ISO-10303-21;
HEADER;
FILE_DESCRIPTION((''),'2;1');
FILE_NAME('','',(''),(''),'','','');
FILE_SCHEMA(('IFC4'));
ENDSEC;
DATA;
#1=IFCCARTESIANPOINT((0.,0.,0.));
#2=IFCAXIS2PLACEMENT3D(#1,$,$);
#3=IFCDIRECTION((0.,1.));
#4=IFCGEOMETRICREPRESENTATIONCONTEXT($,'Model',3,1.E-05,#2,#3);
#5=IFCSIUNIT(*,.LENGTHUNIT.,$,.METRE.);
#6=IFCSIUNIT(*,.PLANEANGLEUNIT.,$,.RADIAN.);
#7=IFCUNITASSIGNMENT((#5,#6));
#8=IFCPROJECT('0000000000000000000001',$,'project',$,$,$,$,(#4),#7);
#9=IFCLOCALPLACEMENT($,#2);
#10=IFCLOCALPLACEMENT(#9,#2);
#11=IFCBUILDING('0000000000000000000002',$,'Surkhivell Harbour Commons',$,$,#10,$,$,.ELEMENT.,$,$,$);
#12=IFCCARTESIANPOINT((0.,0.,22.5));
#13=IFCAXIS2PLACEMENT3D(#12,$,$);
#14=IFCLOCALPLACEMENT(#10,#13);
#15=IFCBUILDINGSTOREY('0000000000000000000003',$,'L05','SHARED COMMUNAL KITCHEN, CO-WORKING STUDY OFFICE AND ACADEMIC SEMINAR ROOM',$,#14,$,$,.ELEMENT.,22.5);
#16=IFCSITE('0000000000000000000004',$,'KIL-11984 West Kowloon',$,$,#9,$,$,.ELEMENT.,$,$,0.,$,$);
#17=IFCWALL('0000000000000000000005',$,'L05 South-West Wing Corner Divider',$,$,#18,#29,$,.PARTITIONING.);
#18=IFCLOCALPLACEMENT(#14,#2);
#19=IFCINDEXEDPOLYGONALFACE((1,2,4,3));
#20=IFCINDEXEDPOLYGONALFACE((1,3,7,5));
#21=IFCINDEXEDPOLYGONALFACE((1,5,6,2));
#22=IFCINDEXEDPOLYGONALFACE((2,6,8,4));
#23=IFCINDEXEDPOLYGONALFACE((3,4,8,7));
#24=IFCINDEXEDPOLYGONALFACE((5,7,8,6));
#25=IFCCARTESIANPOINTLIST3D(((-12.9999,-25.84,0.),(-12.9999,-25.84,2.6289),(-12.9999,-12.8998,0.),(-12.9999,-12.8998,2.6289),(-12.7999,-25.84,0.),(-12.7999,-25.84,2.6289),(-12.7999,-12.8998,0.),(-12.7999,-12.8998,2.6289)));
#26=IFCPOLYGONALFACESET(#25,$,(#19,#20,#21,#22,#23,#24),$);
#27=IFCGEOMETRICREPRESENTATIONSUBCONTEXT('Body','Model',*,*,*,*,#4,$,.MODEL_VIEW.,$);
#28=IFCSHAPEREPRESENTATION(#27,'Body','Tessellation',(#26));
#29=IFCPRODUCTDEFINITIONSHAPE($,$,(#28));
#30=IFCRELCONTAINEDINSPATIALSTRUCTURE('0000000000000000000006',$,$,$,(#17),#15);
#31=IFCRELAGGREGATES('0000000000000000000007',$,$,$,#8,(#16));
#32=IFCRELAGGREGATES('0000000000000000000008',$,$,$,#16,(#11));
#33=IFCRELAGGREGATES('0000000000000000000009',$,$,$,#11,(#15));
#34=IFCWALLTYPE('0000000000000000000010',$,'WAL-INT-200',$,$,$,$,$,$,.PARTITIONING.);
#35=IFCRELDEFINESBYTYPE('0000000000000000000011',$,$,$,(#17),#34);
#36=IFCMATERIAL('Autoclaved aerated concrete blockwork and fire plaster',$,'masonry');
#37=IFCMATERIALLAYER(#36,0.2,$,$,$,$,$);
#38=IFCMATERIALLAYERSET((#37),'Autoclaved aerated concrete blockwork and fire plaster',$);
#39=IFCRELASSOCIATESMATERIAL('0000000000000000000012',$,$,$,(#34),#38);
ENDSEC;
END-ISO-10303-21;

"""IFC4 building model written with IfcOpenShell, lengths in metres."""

from ifc_helpers import new_model, si_unit, direction, frame, frame_2d, origin, place, context, subcontext, project, spatial, rectangle, extrude, material, layer, layer_set, type_object, element, save


model = new_model("IFC4")

# Units and contexts
model_context = context("Model", 3, precision=1e-05, world=origin(), true_north=direction((0.0, 1.0)))
body_context = subcontext(model_context, "Body", "Model", "MODEL_VIEW")
ifc_project = project(units=[si_unit("LENGTHUNIT", "METRE"), si_unit("PLANEANGLEUNIT", "RADIAN")], contexts=[model_context])

# Site, building, storey
site_placement = place(None, origin())
site = spatial("IfcSite", under=ifc_project, at=site_placement, Name="KIL-11984 West Kowloon", CompositionType="ELEMENT", RefElevation=0.0)
building_placement = place(site_placement, origin())
building = spatial("IfcBuilding", under=site, at=building_placement, Name="Surkhivell Harbour Commons", CompositionType="ELEMENT")
storey_placement = place(building_placement, frame((0.0, 0.0, 22.5)))
storey = spatial("IfcBuildingStorey", under=building, at=storey_placement, Name="L05", Description="SHARED COMMUNAL KITCHEN, CO-WORKING STUDY OFFICE AND ACADEMIC SEMINAR ROOM", CompositionType="ELEMENT", Elevation=22.5)

# Wall
ifc_material_1 = material(Name="Autoclaved aerated concrete blockwork and fire plaster", Category="masonry")
ifc_layer_1 = layer(ifc_material_1, 0.2)
ifc_layer_set_1 = layer_set([ifc_layer_1], Name="Autoclaved aerated concrete blockwork and fire plaster")
wall_type = type_object("IfcWallType", Name="WAL-INT-200", PredefinedType="PARTITIONING", material=ifc_layer_set_1)
wall_placement = place(storey_placement, frame((-12.8999, -25.8401, 0.0), z_axis=(0.0, 0.0, 1.0), x_axis=(0.0, 1.0, 0.0)))
element("IfcWall", 1, at=wall_placement, inside=storey, type_object=wall_type, Name="L05 South-West Wing Corner Divider", PredefinedType="PARTITIONING", context=body_context, shape_type="SweptSolid", body=[
    extrude(rectangle(XDim=12.9402, YDim=0.2, at=frame_2d((6.4702, 0.0))), origin(), (0.0, 0.0, 1.0), 2.6289),
])

save(model, "model.ifc")
